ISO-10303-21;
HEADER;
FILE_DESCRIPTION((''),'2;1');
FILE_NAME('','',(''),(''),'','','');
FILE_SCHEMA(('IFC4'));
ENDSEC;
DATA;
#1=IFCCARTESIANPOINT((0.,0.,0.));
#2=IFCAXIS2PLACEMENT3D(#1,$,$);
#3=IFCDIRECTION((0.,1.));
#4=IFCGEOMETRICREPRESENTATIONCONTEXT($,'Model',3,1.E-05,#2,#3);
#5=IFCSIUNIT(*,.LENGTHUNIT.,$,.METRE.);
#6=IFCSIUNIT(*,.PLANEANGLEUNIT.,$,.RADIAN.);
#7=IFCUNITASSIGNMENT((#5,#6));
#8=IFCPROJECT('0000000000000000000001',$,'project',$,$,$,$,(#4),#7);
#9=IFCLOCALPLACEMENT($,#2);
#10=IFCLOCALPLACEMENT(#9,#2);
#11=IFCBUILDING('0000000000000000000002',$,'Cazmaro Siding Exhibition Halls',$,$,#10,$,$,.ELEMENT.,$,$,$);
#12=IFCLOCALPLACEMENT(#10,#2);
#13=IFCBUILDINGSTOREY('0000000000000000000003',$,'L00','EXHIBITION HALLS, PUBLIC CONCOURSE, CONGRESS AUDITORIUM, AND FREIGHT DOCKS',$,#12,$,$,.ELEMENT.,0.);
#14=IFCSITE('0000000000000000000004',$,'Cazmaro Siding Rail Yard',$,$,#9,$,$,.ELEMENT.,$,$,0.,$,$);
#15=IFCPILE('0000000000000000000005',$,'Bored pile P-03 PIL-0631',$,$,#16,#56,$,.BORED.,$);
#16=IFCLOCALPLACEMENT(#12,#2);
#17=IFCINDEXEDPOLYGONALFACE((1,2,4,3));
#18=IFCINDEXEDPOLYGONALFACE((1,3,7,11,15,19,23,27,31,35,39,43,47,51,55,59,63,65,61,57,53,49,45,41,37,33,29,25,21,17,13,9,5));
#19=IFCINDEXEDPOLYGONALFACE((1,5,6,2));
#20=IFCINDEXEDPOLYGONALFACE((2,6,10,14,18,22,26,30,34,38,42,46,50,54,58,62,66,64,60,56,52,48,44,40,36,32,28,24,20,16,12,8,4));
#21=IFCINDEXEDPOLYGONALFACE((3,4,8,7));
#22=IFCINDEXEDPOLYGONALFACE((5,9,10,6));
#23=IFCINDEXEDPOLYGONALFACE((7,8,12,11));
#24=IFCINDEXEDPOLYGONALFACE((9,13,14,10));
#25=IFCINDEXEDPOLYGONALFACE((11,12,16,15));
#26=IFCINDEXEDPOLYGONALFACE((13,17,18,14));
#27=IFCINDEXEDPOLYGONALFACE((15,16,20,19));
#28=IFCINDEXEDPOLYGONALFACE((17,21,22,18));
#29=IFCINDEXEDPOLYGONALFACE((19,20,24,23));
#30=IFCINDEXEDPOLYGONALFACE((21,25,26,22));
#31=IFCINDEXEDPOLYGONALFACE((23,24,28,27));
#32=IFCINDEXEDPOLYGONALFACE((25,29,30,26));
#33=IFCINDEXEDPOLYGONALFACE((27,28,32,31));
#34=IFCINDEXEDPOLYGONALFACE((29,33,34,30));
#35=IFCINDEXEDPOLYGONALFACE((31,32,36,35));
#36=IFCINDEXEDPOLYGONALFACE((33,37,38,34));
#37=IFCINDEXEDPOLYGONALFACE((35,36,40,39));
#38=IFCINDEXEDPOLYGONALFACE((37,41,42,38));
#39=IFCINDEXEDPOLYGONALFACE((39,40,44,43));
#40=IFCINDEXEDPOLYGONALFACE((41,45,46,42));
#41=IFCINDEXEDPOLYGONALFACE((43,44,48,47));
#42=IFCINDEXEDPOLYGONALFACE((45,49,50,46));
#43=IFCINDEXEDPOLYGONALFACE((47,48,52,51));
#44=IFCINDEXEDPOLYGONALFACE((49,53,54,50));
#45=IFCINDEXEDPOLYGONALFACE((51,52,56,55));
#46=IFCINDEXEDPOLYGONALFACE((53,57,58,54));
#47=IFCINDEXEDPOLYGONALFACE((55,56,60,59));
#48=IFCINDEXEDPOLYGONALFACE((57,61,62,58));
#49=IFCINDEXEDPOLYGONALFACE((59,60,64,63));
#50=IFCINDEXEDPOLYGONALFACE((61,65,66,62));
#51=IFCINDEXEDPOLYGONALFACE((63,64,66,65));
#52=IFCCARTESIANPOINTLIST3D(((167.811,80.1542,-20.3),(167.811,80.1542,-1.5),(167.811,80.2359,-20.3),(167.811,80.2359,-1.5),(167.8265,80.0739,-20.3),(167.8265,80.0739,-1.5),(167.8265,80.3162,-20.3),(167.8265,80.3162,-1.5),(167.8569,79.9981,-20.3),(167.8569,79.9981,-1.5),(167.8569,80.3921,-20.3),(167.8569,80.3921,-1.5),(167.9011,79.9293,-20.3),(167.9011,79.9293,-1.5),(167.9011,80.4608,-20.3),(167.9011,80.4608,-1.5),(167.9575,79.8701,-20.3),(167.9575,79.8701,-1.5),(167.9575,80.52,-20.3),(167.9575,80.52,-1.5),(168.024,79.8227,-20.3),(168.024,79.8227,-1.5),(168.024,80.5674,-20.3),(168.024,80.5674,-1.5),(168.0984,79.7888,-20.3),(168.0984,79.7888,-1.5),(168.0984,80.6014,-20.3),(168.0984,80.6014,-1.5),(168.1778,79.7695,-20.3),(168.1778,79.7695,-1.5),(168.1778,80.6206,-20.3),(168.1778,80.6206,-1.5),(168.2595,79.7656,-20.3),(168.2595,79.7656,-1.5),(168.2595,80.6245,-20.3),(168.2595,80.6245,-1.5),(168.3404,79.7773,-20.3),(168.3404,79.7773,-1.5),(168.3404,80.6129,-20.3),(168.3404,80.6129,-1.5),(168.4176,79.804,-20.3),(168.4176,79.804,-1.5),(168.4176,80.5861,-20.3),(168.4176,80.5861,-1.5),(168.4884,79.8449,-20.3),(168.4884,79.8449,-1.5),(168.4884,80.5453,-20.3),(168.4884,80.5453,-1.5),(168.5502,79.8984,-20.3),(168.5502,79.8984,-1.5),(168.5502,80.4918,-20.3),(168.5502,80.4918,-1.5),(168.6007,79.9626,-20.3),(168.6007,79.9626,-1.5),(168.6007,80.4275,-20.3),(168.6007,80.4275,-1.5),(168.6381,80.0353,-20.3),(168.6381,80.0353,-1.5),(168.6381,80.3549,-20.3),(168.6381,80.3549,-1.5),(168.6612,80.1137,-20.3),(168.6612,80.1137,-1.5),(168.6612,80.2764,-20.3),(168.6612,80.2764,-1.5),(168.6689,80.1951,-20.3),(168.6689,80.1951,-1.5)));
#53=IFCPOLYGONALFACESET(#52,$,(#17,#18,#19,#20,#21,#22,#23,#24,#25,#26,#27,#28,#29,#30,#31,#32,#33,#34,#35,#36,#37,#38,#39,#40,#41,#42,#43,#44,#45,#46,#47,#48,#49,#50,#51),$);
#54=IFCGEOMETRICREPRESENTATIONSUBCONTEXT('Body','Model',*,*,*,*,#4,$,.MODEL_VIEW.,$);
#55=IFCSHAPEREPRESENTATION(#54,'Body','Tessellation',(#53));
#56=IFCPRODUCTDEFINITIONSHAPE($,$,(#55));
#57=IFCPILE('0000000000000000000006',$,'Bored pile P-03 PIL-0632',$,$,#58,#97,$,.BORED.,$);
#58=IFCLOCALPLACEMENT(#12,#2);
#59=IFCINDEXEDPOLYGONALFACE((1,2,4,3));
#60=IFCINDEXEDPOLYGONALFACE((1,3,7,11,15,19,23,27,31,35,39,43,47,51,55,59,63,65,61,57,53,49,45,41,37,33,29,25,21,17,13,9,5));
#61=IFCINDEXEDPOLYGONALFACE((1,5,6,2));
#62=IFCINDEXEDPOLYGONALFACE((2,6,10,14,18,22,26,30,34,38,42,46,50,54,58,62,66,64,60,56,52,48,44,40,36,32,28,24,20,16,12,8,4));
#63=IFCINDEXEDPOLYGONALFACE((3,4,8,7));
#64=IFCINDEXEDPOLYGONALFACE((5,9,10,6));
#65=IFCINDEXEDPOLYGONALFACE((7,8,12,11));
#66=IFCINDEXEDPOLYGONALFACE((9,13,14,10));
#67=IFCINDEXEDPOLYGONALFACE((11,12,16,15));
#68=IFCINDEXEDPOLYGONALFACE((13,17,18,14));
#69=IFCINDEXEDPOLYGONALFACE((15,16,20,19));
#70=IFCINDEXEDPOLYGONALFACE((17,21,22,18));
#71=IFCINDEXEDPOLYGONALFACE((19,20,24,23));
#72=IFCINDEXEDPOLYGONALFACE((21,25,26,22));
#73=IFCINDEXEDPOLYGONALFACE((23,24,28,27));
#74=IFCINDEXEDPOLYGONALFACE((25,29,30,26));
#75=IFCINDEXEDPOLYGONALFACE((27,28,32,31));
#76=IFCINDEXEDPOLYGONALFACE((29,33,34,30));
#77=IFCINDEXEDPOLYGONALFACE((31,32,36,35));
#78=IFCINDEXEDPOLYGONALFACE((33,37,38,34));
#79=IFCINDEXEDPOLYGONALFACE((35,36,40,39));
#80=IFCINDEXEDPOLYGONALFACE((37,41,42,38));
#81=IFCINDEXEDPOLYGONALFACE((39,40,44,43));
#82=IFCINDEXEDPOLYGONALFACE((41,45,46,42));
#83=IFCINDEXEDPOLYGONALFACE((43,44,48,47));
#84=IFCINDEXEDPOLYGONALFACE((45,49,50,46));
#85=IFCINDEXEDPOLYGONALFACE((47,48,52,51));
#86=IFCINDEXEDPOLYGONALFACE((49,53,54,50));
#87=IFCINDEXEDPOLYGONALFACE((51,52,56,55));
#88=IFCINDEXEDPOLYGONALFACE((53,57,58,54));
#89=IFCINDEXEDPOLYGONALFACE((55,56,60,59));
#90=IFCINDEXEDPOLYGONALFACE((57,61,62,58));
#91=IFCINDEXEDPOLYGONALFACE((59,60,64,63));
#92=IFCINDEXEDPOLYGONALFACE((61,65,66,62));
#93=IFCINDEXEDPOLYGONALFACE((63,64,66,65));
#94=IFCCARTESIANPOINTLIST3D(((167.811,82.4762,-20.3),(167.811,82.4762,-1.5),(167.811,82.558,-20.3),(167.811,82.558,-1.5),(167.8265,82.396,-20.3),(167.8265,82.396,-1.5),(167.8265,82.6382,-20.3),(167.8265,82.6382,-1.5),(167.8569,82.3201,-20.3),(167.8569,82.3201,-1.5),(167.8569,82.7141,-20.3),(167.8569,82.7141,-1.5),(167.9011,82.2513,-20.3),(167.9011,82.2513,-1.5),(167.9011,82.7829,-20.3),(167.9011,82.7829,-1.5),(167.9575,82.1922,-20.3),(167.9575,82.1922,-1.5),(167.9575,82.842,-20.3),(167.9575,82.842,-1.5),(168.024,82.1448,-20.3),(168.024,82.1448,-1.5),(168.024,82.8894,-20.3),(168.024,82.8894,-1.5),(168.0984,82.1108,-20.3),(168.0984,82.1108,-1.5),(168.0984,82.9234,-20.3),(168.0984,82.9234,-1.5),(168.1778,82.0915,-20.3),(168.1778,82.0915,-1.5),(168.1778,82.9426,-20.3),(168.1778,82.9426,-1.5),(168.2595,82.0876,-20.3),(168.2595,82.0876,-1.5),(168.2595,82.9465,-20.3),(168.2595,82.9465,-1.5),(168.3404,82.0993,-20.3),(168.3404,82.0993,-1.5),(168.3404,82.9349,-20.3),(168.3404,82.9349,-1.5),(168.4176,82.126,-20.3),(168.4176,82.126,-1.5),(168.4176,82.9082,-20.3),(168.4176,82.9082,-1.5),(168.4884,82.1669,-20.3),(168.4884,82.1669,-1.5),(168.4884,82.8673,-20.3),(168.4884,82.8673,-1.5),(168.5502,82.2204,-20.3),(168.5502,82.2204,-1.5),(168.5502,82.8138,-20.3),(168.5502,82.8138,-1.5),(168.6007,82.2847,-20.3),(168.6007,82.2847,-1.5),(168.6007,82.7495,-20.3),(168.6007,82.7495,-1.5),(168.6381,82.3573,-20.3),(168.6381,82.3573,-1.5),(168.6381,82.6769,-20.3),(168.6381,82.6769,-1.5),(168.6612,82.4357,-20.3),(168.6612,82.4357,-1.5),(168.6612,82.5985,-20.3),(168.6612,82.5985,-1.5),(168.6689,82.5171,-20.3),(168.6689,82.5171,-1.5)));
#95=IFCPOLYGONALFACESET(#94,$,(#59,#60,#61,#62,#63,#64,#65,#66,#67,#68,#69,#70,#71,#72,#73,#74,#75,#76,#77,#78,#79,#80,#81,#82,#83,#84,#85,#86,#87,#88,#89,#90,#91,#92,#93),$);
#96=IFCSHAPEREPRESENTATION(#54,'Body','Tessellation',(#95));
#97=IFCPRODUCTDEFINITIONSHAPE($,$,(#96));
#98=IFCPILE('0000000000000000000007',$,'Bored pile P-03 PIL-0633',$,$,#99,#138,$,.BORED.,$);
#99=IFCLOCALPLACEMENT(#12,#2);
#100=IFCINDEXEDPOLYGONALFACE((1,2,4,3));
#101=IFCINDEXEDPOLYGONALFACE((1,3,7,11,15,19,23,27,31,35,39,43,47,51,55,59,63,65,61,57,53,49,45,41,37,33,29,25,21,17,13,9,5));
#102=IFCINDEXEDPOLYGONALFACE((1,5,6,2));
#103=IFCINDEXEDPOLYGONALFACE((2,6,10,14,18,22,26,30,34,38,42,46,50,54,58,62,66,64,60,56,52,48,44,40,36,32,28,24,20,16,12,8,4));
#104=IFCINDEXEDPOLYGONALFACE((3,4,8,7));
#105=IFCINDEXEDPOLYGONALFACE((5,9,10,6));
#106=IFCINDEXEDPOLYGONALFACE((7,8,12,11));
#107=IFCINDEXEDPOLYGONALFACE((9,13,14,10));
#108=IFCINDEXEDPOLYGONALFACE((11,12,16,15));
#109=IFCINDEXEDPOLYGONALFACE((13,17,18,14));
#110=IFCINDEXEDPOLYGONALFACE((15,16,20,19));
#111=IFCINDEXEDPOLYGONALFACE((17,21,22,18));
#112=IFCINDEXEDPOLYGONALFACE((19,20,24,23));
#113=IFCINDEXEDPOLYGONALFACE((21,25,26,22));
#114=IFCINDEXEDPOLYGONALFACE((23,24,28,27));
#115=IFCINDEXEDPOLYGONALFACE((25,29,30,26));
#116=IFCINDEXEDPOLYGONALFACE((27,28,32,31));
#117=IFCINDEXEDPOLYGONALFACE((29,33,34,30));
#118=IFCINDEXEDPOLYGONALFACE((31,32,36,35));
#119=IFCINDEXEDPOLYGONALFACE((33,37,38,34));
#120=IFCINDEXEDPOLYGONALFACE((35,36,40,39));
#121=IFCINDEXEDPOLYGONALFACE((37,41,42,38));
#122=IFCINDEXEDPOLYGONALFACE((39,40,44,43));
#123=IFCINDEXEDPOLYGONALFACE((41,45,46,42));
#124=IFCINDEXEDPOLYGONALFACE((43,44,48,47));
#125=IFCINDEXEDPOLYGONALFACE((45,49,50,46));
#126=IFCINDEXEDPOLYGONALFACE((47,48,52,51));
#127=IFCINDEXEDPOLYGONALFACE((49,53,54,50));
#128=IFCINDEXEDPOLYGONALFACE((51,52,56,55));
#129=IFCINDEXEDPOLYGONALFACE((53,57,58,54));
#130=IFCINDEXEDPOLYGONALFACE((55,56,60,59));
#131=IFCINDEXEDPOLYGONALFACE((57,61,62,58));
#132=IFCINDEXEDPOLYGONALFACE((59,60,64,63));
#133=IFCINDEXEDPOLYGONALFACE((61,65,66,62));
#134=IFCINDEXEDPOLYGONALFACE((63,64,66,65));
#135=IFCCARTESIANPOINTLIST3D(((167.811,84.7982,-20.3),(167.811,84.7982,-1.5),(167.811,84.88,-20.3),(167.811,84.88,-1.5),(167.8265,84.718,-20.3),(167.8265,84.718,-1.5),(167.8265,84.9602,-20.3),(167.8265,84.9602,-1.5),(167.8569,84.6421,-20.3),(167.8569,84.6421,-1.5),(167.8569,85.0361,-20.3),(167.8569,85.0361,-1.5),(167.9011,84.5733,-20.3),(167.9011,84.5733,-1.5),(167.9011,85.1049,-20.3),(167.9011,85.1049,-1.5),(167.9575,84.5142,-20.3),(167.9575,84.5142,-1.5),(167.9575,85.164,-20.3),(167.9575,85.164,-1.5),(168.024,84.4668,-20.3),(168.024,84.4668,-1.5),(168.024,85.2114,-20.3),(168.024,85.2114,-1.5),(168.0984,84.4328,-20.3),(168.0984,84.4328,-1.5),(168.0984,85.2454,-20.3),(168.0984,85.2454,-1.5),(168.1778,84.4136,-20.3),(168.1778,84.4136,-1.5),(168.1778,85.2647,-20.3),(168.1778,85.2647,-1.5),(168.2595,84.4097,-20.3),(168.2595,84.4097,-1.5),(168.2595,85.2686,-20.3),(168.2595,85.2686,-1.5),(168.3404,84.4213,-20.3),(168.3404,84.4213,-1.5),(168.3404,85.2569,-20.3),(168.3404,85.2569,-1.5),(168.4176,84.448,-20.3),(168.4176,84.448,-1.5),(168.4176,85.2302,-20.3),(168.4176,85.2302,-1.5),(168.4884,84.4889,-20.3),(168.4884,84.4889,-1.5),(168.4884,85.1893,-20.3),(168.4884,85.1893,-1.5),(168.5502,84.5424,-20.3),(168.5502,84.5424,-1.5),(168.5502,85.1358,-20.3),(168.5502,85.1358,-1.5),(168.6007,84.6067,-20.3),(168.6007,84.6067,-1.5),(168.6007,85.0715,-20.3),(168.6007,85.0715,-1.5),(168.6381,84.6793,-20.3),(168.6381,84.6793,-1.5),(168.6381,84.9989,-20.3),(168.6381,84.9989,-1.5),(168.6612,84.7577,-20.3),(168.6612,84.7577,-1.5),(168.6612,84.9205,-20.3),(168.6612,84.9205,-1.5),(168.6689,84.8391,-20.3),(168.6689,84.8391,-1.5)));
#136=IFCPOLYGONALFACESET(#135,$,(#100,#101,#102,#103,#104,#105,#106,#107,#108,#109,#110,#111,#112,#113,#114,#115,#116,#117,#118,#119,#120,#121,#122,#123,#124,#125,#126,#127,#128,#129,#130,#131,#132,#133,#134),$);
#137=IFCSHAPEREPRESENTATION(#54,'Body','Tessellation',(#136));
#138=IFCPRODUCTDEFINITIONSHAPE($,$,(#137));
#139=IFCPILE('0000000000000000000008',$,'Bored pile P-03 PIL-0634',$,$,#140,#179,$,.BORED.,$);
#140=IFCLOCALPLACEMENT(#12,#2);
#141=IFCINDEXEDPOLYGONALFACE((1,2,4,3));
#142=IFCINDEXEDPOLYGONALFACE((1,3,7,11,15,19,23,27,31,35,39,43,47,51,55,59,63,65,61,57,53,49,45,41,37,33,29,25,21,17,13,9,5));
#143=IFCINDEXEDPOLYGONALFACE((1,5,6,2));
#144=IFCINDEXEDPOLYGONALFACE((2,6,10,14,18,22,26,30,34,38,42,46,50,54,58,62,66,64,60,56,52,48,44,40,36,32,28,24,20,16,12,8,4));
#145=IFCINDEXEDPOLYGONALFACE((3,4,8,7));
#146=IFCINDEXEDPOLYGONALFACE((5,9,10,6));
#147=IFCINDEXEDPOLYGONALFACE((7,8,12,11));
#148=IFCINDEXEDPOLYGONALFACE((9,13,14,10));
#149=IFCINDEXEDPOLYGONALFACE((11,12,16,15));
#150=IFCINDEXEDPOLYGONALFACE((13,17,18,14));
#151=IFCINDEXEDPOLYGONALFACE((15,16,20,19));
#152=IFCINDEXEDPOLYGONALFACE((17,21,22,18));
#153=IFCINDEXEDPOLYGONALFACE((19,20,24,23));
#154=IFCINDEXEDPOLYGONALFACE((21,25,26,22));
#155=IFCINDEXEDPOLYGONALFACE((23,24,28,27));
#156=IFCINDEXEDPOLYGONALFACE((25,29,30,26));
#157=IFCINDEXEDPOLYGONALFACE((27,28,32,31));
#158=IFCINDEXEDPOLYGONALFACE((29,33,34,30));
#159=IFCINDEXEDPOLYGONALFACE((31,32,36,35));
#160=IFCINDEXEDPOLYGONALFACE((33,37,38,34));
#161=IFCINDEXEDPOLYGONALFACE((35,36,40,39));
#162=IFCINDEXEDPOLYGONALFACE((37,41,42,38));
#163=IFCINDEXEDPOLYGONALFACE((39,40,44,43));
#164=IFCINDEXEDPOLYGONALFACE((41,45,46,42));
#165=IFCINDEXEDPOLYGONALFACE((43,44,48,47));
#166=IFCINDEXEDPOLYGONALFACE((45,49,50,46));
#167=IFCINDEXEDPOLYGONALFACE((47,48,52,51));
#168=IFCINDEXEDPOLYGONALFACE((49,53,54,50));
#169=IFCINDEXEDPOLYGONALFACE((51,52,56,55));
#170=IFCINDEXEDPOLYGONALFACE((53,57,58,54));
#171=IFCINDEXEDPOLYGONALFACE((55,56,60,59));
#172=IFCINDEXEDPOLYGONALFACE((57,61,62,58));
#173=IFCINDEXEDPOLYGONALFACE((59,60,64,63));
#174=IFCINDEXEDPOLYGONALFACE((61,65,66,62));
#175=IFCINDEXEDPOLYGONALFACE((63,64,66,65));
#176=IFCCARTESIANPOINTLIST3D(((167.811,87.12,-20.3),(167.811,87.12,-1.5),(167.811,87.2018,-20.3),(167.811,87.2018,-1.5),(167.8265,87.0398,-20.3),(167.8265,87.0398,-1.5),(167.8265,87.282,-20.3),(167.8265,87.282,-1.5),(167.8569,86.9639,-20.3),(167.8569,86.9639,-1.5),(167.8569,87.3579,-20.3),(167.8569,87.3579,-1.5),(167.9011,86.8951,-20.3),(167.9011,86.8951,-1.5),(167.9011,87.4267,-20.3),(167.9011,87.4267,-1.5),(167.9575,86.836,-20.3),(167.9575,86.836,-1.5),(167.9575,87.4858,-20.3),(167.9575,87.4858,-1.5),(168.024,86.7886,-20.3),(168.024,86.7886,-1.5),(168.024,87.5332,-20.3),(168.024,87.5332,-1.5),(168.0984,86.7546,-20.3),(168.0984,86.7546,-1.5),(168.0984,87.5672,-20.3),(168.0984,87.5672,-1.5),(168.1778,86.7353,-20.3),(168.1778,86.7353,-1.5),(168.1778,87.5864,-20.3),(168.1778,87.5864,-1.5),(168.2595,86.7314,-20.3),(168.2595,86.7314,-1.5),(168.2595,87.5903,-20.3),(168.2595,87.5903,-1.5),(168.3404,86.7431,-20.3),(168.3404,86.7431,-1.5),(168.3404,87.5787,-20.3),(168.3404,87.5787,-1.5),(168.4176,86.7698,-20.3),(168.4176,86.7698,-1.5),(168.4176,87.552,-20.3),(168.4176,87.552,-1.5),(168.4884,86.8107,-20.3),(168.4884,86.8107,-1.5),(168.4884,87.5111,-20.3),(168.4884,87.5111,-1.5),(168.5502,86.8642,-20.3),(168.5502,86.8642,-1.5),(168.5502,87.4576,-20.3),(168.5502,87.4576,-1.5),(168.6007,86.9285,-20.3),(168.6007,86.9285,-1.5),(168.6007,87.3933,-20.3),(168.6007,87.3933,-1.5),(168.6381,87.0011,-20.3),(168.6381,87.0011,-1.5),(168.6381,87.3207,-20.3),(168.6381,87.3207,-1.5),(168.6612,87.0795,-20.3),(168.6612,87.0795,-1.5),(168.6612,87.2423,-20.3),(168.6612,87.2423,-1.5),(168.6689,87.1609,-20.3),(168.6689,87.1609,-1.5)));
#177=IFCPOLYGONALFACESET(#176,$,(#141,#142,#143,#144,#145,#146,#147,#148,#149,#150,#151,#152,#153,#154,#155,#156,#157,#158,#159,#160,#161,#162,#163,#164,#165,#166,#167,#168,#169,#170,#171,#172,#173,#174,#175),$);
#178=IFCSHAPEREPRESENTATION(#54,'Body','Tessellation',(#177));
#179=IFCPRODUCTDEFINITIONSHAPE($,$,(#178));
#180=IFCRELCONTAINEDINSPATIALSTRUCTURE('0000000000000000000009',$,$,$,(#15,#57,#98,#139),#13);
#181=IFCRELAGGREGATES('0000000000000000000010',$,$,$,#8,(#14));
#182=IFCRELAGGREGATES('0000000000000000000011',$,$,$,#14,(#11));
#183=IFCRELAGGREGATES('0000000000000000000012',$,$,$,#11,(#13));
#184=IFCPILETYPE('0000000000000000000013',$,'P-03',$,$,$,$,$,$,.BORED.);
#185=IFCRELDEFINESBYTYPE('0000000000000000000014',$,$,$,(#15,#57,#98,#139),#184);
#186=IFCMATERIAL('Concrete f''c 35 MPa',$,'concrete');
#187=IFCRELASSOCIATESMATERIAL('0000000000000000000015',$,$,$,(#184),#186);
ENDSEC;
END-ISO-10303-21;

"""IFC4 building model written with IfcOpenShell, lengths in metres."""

from ifc_helpers import new_model, si_unit, direction, frame, origin, origin_2d, place, context, subcontext, project, spatial, circle, extrude, material, material_profile, profile_set, type_object, element, save


model = new_model("IFC4")

# Units and contexts
model_context = context("Model", 3, precision=1e-05, world=origin(), true_north=direction((0.0, 1.0)))
body_context = subcontext(model_context, "Body", "Model", "MODEL_VIEW")
ifc_project = project(units=[si_unit("LENGTHUNIT", "METRE"), si_unit("PLANEANGLEUNIT", "RADIAN")], contexts=[model_context])

# Site, building, storey
site_placement = place(None, origin())
site = spatial("IfcSite", under=ifc_project, at=site_placement, Name="Cazmaro Siding Rail Yard", CompositionType="ELEMENT", RefElevation=0.0)
building_placement = place(site_placement, origin())
building = spatial("IfcBuilding", under=site, at=building_placement, Name="Cazmaro Siding Exhibition Halls", CompositionType="ELEMENT")
storey_placement = place(building_placement, origin())
storey = spatial("IfcBuildingStorey", under=building, at=storey_placement, Name="L00", Description="EXHIBITION HALLS, PUBLIC CONCOURSE, CONGRESS AUDITORIUM, AND FREIGHT DOCKS", CompositionType="ELEMENT", Elevation=0.0)

# Piles
ifc_material_1 = material(Name="Concrete f'c 35 MPa", Category="concrete")
ifc_material_profile_1 = material_profile(ifc_material_1, circle(Radius=0.4299, at=origin_2d()), Name="CIDH-860")
ifc_profile_set_1 = profile_set([ifc_material_profile_1], Name="Concrete f'c 35 MPa")
pile_type = type_object("IfcPileType", Name="P-03", PredefinedType="BORED", material=ifc_profile_set_1)
for number, where, z_axis, x_axis, name in (
    (1, (168.239, 80.1951, -1.5), (0.0, 0.0, -1.0), (1.0, 0.0, 0.0), "Bored pile P-03 PIL-0631"),
    (2, (168.239, 82.5171, -1.5), (0.0, 0.0, -1.0), (1.0, 0.0, 0.0), "Bored pile P-03 PIL-0632"),
    (3, (168.239, 84.8391, -1.5), (0.0, 0.0, -1.0), (1.0, 0.0, 0.0), "Bored pile P-03 PIL-0633"),
    (4, (168.239, 87.1609, -1.5), (0.0, 0.0, -1.0), (1.0, 0.0, 0.0), "Bored pile P-03 PIL-0634"),
):
    element("IfcPile", number, at=place(storey_placement, frame(where, z_axis=z_axis, x_axis=x_axis)), inside=storey, type_object=pile_type, Name=name, PredefinedType="BORED", context=body_context, shape_type="SweptSolid", body=[
        extrude(circle(Radius=0.4299, at=origin_2d()), origin(), (0.0, 0.0, 1.0), 18.8),
    ])

save(model, "model.ifc")
